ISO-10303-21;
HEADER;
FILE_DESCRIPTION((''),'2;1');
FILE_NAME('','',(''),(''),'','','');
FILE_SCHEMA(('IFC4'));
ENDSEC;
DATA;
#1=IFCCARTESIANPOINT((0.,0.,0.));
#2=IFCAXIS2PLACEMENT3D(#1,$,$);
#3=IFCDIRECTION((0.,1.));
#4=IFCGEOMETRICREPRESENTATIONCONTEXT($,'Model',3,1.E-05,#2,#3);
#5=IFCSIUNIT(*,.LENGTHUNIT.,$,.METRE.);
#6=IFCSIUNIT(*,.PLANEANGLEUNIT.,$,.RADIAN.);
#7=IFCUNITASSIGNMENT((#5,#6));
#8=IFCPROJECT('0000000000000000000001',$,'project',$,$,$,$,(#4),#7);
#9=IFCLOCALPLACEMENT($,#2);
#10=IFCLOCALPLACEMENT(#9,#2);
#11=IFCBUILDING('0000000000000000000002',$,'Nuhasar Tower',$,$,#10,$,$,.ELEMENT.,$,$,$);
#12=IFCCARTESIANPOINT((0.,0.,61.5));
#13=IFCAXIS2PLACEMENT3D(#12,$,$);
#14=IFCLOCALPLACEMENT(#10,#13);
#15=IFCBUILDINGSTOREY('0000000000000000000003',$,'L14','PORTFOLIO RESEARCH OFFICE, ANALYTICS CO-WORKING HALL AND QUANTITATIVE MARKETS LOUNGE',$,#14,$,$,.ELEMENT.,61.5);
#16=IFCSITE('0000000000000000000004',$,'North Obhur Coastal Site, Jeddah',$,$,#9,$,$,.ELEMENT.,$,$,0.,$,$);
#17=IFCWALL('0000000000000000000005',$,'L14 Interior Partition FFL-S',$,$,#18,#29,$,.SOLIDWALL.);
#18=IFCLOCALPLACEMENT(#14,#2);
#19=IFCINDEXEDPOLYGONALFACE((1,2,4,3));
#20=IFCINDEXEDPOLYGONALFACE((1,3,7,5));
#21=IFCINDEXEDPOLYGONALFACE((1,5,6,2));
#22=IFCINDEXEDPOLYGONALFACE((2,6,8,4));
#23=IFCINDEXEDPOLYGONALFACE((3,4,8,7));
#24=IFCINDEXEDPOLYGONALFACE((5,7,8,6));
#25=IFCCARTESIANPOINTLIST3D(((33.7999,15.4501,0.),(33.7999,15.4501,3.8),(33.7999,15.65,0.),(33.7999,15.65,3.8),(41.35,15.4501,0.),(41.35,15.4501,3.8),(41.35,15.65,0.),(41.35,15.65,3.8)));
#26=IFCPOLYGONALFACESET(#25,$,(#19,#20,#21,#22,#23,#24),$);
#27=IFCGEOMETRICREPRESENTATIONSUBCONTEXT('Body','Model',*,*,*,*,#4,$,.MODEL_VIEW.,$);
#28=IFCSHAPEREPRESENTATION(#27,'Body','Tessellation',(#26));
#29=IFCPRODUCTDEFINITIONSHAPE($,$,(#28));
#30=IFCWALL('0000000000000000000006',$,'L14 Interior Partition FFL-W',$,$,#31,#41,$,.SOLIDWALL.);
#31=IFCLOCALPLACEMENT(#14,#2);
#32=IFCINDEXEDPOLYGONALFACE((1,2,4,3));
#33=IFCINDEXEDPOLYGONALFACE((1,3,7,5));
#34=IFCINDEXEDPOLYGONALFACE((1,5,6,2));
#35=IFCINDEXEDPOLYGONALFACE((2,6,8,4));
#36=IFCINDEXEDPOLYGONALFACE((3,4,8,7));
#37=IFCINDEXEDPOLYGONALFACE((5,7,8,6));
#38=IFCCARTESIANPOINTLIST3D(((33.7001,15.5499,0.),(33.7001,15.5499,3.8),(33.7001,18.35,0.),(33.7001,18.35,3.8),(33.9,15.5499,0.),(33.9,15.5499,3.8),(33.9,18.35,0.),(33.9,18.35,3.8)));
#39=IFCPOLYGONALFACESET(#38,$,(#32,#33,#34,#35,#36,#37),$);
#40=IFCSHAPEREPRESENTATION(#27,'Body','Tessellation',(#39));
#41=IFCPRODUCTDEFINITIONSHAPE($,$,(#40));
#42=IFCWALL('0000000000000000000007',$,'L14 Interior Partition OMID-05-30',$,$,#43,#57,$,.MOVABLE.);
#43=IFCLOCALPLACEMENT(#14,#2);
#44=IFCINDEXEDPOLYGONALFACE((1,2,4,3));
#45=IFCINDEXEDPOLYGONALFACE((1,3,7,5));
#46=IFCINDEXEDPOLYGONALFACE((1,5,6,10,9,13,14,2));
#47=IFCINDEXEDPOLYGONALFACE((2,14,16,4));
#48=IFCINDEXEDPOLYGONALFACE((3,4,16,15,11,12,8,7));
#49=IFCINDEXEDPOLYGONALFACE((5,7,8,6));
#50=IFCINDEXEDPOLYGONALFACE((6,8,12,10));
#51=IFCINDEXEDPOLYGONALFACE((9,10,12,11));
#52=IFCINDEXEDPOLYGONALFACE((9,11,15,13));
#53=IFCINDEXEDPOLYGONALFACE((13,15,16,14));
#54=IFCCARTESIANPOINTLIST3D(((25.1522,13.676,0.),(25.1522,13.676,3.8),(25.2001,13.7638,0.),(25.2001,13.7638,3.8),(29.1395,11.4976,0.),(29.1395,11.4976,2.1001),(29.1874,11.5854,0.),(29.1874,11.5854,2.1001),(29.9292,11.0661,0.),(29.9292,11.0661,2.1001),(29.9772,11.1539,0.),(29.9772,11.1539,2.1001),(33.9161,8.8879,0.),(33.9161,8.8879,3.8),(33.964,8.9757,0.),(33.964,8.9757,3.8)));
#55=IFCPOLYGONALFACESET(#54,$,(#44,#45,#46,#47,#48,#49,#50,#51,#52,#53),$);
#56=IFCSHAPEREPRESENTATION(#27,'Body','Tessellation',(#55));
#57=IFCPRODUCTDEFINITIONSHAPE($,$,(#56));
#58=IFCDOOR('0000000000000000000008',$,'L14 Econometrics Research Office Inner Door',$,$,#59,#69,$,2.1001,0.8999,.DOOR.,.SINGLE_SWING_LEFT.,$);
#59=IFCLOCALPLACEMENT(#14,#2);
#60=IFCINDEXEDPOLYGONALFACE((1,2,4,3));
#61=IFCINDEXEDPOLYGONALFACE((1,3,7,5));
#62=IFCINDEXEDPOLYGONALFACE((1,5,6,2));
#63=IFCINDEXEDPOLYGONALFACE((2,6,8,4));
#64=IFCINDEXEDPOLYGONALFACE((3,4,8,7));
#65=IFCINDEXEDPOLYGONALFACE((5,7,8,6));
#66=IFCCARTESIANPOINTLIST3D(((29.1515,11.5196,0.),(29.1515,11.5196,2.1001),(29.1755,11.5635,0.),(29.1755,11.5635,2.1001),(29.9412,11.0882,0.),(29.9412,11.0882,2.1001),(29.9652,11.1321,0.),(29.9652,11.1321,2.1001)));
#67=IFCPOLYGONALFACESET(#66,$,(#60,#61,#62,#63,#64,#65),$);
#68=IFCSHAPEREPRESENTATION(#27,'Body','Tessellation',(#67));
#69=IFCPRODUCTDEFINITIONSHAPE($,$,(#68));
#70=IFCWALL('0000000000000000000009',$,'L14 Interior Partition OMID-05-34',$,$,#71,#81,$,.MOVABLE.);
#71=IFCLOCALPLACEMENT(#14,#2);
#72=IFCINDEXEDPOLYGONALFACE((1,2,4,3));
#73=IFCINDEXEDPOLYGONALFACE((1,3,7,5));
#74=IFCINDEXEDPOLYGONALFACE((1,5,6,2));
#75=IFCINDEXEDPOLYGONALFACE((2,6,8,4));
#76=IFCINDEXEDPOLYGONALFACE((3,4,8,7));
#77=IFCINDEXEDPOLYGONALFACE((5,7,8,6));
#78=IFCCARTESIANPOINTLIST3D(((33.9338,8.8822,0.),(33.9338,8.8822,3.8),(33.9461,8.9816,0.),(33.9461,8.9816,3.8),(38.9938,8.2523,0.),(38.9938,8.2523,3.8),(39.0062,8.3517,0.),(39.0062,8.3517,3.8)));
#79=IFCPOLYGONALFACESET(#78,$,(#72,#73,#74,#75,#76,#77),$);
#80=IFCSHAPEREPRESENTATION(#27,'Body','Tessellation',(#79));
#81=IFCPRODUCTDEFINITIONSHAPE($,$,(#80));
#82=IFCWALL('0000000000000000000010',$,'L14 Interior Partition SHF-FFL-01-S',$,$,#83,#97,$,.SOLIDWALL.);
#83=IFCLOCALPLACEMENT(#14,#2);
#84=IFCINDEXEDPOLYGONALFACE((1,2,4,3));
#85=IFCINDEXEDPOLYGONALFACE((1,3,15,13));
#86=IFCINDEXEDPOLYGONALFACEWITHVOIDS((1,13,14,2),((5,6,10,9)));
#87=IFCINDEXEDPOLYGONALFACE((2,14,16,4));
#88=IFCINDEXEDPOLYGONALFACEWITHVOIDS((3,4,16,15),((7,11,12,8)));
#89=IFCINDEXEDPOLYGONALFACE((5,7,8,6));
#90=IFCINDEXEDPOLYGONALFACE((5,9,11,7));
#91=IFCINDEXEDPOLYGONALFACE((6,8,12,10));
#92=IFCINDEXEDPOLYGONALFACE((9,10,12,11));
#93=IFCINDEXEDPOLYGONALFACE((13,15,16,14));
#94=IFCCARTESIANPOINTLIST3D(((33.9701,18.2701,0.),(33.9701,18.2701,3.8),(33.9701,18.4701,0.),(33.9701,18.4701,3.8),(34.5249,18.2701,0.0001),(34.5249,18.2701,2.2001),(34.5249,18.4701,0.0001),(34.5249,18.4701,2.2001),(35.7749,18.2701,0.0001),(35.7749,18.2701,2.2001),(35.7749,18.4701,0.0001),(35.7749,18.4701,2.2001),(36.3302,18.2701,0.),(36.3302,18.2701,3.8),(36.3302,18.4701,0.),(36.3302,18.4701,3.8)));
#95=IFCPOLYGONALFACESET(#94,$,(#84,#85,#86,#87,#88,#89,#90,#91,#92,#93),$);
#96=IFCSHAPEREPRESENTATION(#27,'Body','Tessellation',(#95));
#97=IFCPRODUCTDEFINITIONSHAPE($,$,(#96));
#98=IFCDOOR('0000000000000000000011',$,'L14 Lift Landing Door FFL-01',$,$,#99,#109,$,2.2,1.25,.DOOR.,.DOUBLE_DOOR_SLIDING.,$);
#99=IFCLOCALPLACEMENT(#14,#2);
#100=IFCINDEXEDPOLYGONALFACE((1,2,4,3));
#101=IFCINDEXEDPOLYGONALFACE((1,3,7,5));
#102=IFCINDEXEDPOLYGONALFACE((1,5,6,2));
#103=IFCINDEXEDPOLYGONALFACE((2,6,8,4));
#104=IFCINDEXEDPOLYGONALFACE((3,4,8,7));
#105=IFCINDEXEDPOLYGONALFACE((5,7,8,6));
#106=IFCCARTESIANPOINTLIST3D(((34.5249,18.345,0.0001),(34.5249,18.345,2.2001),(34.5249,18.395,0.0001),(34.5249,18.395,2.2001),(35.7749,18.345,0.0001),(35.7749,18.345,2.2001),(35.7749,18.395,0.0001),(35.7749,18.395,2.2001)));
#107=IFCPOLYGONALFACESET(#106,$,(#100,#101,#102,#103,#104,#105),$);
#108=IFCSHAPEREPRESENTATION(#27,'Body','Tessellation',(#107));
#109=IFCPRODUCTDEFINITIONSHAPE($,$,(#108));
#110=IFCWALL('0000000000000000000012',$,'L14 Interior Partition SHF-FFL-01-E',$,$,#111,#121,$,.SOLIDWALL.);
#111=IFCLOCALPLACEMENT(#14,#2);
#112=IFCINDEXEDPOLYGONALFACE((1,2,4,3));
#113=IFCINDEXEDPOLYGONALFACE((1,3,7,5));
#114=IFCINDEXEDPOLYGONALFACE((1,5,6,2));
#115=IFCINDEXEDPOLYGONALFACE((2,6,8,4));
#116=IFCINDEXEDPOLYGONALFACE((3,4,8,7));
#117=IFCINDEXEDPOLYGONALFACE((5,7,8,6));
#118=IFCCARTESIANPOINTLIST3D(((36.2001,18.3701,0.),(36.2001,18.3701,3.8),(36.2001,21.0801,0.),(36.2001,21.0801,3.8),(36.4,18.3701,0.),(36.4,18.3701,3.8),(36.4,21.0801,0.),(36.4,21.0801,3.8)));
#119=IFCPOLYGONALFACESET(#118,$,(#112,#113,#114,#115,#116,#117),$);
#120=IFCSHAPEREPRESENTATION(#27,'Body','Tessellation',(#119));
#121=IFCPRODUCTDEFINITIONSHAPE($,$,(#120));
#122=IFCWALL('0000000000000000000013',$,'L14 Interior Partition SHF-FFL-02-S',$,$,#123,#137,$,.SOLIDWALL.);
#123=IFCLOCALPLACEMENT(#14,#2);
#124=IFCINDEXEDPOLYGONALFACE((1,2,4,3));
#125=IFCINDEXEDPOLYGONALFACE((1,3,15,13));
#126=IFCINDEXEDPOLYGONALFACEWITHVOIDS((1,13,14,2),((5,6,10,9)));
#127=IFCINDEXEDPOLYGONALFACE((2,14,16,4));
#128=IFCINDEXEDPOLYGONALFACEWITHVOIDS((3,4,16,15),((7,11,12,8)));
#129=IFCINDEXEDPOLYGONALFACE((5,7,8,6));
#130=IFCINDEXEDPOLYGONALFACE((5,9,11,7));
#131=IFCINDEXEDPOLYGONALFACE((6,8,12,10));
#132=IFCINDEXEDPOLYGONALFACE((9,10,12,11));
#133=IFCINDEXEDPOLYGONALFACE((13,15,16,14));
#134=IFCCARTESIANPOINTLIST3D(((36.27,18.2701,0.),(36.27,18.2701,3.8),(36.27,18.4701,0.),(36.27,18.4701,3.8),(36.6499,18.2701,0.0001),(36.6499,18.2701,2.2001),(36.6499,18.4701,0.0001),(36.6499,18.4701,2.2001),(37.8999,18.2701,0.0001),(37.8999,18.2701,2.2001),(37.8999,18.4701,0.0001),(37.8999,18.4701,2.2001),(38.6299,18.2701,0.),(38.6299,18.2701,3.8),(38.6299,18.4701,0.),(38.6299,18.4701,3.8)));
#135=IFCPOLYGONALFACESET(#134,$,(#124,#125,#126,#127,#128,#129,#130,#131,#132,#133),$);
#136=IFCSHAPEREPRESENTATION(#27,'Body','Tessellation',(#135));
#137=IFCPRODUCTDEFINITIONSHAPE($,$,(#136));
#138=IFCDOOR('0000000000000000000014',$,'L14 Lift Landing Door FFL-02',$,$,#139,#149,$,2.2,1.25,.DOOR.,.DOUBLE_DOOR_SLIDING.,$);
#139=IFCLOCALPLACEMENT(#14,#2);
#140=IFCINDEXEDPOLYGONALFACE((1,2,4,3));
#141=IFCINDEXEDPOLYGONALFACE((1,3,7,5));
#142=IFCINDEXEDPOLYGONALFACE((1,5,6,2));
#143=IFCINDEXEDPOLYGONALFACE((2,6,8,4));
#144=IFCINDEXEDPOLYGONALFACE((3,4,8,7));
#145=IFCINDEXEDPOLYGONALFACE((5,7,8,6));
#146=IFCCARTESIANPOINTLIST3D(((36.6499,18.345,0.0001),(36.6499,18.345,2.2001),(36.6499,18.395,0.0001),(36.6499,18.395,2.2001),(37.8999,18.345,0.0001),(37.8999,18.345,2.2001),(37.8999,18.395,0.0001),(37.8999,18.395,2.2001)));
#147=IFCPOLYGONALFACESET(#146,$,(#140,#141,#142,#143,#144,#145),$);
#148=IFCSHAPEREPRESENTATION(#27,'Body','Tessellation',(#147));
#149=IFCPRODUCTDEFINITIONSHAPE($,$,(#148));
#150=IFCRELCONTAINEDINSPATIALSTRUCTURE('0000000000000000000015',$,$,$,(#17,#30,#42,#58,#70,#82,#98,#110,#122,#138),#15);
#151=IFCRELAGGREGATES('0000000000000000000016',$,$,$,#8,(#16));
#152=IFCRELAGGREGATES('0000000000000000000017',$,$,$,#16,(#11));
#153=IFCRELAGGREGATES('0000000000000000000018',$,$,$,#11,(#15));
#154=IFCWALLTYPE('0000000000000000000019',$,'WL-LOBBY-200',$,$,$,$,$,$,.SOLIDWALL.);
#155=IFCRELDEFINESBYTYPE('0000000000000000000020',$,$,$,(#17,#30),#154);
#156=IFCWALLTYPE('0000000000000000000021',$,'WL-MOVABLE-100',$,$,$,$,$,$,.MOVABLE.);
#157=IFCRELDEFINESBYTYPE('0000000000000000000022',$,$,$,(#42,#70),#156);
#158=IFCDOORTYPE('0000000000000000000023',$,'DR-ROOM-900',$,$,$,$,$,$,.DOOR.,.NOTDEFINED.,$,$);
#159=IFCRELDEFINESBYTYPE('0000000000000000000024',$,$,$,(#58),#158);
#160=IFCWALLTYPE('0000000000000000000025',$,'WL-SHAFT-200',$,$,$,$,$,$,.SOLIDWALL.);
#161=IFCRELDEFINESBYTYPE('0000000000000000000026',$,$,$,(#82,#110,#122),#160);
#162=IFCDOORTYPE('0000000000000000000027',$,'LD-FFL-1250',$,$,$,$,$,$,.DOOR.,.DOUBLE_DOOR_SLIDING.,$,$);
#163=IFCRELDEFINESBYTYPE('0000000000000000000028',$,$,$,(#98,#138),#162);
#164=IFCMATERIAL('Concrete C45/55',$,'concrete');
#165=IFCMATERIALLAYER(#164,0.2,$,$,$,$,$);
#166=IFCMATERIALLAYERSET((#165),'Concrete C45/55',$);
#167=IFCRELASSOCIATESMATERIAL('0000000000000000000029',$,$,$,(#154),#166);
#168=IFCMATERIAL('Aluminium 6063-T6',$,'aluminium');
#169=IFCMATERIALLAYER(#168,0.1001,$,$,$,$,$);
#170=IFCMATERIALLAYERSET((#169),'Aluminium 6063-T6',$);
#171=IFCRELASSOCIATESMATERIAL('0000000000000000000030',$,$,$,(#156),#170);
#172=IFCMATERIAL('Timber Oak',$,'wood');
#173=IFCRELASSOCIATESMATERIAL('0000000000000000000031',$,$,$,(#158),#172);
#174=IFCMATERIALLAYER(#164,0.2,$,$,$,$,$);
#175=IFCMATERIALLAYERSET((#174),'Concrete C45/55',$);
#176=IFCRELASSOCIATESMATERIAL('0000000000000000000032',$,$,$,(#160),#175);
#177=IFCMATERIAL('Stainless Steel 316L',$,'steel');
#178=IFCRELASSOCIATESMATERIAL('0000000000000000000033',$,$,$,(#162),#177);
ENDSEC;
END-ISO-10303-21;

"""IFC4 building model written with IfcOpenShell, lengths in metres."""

from ifc_helpers import new_model, si_unit, direction, frame, frame_2d, origin, place, context, subcontext, project, spatial, rectangle, extrude, material, layer, layer_set, type_object, element, fill, save


model = new_model("IFC4")

# Units and contexts
model_context = context("Model", 3, precision=1e-05, world=origin(), true_north=direction((0.0, 1.0)))
body_context = subcontext(model_context, "Body", "Model", "MODEL_VIEW")
ifc_project = project(units=[si_unit("LENGTHUNIT", "METRE"), si_unit("PLANEANGLEUNIT", "RADIAN")], contexts=[model_context])

# Site, building, storey
site_placement = place(None, origin())
site = spatial("IfcSite", under=ifc_project, at=site_placement, Name="North Obhur Coastal Site, Jeddah", CompositionType="ELEMENT", RefElevation=0.0)
building_placement = place(site_placement, origin())
building = spatial("IfcBuilding", under=site, at=building_placement, Name="Nuhasar Tower", CompositionType="ELEMENT")
storey_placement = place(building_placement, frame((0.0, 0.0, 61.5)))
storey = spatial("IfcBuildingStorey", under=building, at=storey_placement, Name="L14", Description="PORTFOLIO RESEARCH OFFICE, ANALYTICS CO-WORKING HALL AND QUANTITATIVE MARKETS LOUNGE", CompositionType="ELEMENT", Elevation=61.5)

# Shared definitions
ifc_material_1 = material(Name="Aluminium 6063-T6", Category="aluminium")

# Shared definitions
ifc_material_2 = material(Name="Timber Oak", Category="wood")

# Walls
ifc_material_3 = material(Name="Concrete C45/55", Category="concrete")
ifc_layer_1 = layer(ifc_material_3, 0.2)
ifc_layer_set_1 = layer_set([ifc_layer_1], Name="Concrete C45/55")
wall_type_1 = type_object("IfcWallType", Name="WL-LOBBY-200", PredefinedType="SOLIDWALL", material=ifc_layer_set_1)
wall_1_placement = place(storey_placement, frame((33.8, 15.55, 0.0), z_axis=(0.0, 0.0, 1.0), x_axis=(1.0, 0.0, 0.0)))
element("IfcWall", 1, at=wall_1_placement, inside=storey, type_object=wall_type_1, Name="L14 Interior Partition FFL-S", PredefinedType="SOLIDWALL", context=body_context, shape_type="SweptSolid", body=[
    extrude(rectangle(XDim=7.55, YDim=0.2, at=frame_2d((3.7749, 0.0))), origin(), (0.0, 0.0, 1.0), 3.8),
])
wall_2_placement = place(storey_placement, frame((33.8, 15.55, 0.0), z_axis=(0.0, 0.0, 1.0), x_axis=(0.0, 1.0, 0.0)))
element("IfcWall", 2, at=wall_2_placement, inside=storey, type_object=wall_type_1, Name="L14 Interior Partition FFL-W", PredefinedType="SOLIDWALL", context=body_context, shape_type="SweptSolid", body=[
    extrude(rectangle(XDim=2.8, YDim=0.2, at=frame_2d((1.3999, 0.0))), origin(), (0.0, 0.0, 1.0), 3.8),
])

# Wall, opening, door
ifc_layer_2 = layer(ifc_material_1, 0.1001)
ifc_layer_set_2 = layer_set([ifc_layer_2], Name="Aluminium 6063-T6")
wall_type_2 = type_object("IfcWallType", Name="WL-MOVABLE-100", PredefinedType="MOVABLE", material=ifc_layer_set_2)
wall_3_placement = place(storey_placement, frame((33.9399, 8.9319, 0.0), z_axis=(0.0, 0.0, 1.0), x_axis=(-0.877568, 0.479452, 0.0)))
wall_3 = element("IfcWall", 3, at=wall_3_placement, inside=storey, type_object=wall_type_2, Name="L14 Interior Partition OMID-05-30", PredefinedType="MOVABLE", context=body_context, shape_type="SweptSolid", body=[
    extrude(rectangle(XDim=9.9866, YDim=0.1001, at=frame_2d((4.9932, 0.0))), origin(), (0.0, 0.0, 1.0), 3.8),
])
opening_1_placement = place(wall_3_placement, frame((4.543, 0.0, 0.0)))
opening_1 = element("IfcOpeningElement", 4, at=opening_1_placement, cuts=wall_3, PredefinedType="OPENING", context=body_context, shape_type="SweptSolid", body=[
    extrude(rectangle(XDim=0.8999, YDim=2.1001, at=frame_2d((0.45, 1.05))), frame((0.0, 0.0601, 0.0), z_axis=(0.0, -1.0, 0.0), x_axis=(1.0, 0.0, 0.0)), (0.0, 0.0, 1.0), 0.1201),
])
door_type_1 = type_object("IfcDoorType", Name="DR-ROOM-900", OperationType="NOTDEFINED", PredefinedType="DOOR", material=ifc_material_2)
door_1_placement = place(opening_1_placement, origin())
door_1 = element("IfcDoor", 5, at=door_1_placement, inside=storey, type_object=door_type_1, Name="L14 Econometrics Research Office Inner Door", OperationType="SINGLE_SWING_LEFT", OverallHeight=2.1001, OverallWidth=0.8999, PredefinedType="DOOR", context=body_context, shape_type="SweptSolid", body=[
    extrude(rectangle(XDim=0.8999, YDim=2.1001, at=frame_2d((0.45, 1.05))), frame((0.0, 0.0249, 0.0), z_axis=(0.0, -1.0, 0.0), x_axis=(1.0, 0.0, 0.0)), (0.0, 0.0, 1.0), 0.05),
])
fill(opening_1, door_1)

# Wall
wall_4_placement = place(storey_placement, frame((33.9399, 8.9319, 0.0), z_axis=(0.0, 0.0, 1.0), x_axis=(0.992341, -0.123528, 0.0)))
element("IfcWall", 6, at=wall_4_placement, inside=storey, type_object=wall_type_2, Name="L14 Interior Partition OMID-05-34", PredefinedType="MOVABLE", context=body_context, shape_type="SweptSolid", body=[
    extrude(rectangle(XDim=5.0991, YDim=0.1001, at=frame_2d((2.5496, 0.0))), origin(), (0.0, 0.0, 1.0), 3.8),
])

# Wall, opening, door
ifc_layer_3 = layer(ifc_material_3, 0.2)
ifc_layer_set_3 = layer_set([ifc_layer_3], Name="Concrete C45/55")
wall_type_3 = type_object("IfcWallType", Name="WL-SHAFT-200", PredefinedType="SOLIDWALL", material=ifc_layer_set_3)
wall_5_placement = place(storey_placement, frame((33.97, 18.3701, 0.0), z_axis=(0.0, 0.0, 1.0), x_axis=(1.0, 0.0, 0.0)))
wall_5 = element("IfcWall", 7, at=wall_5_placement, inside=storey, type_object=wall_type_3, Name="L14 Interior Partition SHF-FFL-01-S", PredefinedType="SOLIDWALL", context=body_context, shape_type="SweptSolid", body=[
    extrude(rectangle(XDim=2.3601, YDim=0.2, at=frame_2d((1.1802, 0.0))), origin(), (0.0, 0.0, 1.0), 3.8),
])
opening_2_placement = place(wall_5_placement, frame((0.5549, 0.0, 0.0)))
opening_2 = element("IfcOpeningElement", 8, at=opening_2_placement, cuts=wall_5, PredefinedType="OPENING", context=body_context, shape_type="SweptSolid", body=[
    extrude(rectangle(XDim=1.25, YDim=2.2, at=frame_2d((0.625, 1.1001))), frame((0.0, 0.1099, 0.0), z_axis=(0.0, -1.0, 0.0), x_axis=(1.0, 0.0, 0.0)), (0.0, 0.0, 1.0), 0.22),
])
ifc_material_4 = material(Name="Stainless Steel 316L", Category="steel")
door_type_2 = type_object("IfcDoorType", Name="LD-FFL-1250", OperationType="DOUBLE_DOOR_SLIDING", PredefinedType="DOOR", material=ifc_material_4)
door_2_placement = place(opening_2_placement, origin())
door_2 = element("IfcDoor", 9, at=door_2_placement, inside=storey, type_object=door_type_2, Name="L14 Lift Landing Door FFL-01", OperationType="DOUBLE_DOOR_SLIDING", OverallHeight=2.2, OverallWidth=1.25, PredefinedType="DOOR", context=body_context, shape_type="SweptSolid", body=[
    extrude(rectangle(XDim=1.25, YDim=2.2, at=frame_2d((0.625, 1.1001))), frame((0.0, 0.0249, 0.0), z_axis=(0.0, -1.0, 0.0), x_axis=(1.0, 0.0, 0.0)), (0.0, 0.0, 1.0), 0.05),
])
fill(opening_2, door_2)

# Wall
wall_6_placement = place(storey_placement, frame((36.3, 18.3701, 0.0), z_axis=(0.0, 0.0, 1.0), x_axis=(0.0, 1.0, 0.0)))
element("IfcWall", 10, at=wall_6_placement, inside=storey, type_object=wall_type_3, Name="L14 Interior Partition SHF-FFL-01-E", PredefinedType="SOLIDWALL", context=body_context, shape_type="SweptSolid", body=[
    extrude(rectangle(XDim=2.71, YDim=0.2, at=frame_2d((1.355, 0.0))), origin(), (0.0, 0.0, 1.0), 3.8),
])

# Wall, opening, door
wall_7_placement = place(storey_placement, frame((36.27, 18.3701, 0.0), z_axis=(0.0, 0.0, 1.0), x_axis=(1.0, 0.0, 0.0)))
wall_7 = element("IfcWall", 11, at=wall_7_placement, inside=storey, type_object=wall_type_3, Name="L14 Interior Partition SHF-FFL-02-S", PredefinedType="SOLIDWALL", context=body_context, shape_type="SweptSolid", body=[
    extrude(rectangle(XDim=2.3599, YDim=0.2, at=frame_2d((1.1799, 0.0))), origin(), (0.0, 0.0, 1.0), 3.8),
])
opening_3_placement = place(wall_7_placement, frame((0.3799, 0.0, 0.0)))
opening_3 = element("IfcOpeningElement", 12, at=opening_3_placement, cuts=wall_7, PredefinedType="OPENING", context=body_context, shape_type="SweptSolid", body=[
    extrude(rectangle(XDim=1.25, YDim=2.2, at=frame_2d((0.625, 1.1001))), frame((0.0, 0.1099, 0.0), z_axis=(0.0, -1.0, 0.0), x_axis=(1.0, 0.0, 0.0)), (0.0, 0.0, 1.0), 0.22),
])
door_3_placement = place(opening_3_placement, origin())
door_3 = element("IfcDoor", 13, at=door_3_placement, inside=storey, type_object=door_type_2, Name="L14 Lift Landing Door FFL-02", OperationType="DOUBLE_DOOR_SLIDING", OverallHeight=2.2, OverallWidth=1.25, PredefinedType="DOOR", context=body_context, shape_type="SweptSolid", body=[
    extrude(rectangle(XDim=1.25, YDim=2.2, at=frame_2d((0.625, 1.1001))), frame((0.0, 0.0249, 0.0), z_axis=(0.0, -1.0, 0.0), x_axis=(1.0, 0.0, 0.0)), (0.0, 0.0, 1.0), 0.05),
])
fill(opening_3, door_3)

save(model, "model.ifc")
